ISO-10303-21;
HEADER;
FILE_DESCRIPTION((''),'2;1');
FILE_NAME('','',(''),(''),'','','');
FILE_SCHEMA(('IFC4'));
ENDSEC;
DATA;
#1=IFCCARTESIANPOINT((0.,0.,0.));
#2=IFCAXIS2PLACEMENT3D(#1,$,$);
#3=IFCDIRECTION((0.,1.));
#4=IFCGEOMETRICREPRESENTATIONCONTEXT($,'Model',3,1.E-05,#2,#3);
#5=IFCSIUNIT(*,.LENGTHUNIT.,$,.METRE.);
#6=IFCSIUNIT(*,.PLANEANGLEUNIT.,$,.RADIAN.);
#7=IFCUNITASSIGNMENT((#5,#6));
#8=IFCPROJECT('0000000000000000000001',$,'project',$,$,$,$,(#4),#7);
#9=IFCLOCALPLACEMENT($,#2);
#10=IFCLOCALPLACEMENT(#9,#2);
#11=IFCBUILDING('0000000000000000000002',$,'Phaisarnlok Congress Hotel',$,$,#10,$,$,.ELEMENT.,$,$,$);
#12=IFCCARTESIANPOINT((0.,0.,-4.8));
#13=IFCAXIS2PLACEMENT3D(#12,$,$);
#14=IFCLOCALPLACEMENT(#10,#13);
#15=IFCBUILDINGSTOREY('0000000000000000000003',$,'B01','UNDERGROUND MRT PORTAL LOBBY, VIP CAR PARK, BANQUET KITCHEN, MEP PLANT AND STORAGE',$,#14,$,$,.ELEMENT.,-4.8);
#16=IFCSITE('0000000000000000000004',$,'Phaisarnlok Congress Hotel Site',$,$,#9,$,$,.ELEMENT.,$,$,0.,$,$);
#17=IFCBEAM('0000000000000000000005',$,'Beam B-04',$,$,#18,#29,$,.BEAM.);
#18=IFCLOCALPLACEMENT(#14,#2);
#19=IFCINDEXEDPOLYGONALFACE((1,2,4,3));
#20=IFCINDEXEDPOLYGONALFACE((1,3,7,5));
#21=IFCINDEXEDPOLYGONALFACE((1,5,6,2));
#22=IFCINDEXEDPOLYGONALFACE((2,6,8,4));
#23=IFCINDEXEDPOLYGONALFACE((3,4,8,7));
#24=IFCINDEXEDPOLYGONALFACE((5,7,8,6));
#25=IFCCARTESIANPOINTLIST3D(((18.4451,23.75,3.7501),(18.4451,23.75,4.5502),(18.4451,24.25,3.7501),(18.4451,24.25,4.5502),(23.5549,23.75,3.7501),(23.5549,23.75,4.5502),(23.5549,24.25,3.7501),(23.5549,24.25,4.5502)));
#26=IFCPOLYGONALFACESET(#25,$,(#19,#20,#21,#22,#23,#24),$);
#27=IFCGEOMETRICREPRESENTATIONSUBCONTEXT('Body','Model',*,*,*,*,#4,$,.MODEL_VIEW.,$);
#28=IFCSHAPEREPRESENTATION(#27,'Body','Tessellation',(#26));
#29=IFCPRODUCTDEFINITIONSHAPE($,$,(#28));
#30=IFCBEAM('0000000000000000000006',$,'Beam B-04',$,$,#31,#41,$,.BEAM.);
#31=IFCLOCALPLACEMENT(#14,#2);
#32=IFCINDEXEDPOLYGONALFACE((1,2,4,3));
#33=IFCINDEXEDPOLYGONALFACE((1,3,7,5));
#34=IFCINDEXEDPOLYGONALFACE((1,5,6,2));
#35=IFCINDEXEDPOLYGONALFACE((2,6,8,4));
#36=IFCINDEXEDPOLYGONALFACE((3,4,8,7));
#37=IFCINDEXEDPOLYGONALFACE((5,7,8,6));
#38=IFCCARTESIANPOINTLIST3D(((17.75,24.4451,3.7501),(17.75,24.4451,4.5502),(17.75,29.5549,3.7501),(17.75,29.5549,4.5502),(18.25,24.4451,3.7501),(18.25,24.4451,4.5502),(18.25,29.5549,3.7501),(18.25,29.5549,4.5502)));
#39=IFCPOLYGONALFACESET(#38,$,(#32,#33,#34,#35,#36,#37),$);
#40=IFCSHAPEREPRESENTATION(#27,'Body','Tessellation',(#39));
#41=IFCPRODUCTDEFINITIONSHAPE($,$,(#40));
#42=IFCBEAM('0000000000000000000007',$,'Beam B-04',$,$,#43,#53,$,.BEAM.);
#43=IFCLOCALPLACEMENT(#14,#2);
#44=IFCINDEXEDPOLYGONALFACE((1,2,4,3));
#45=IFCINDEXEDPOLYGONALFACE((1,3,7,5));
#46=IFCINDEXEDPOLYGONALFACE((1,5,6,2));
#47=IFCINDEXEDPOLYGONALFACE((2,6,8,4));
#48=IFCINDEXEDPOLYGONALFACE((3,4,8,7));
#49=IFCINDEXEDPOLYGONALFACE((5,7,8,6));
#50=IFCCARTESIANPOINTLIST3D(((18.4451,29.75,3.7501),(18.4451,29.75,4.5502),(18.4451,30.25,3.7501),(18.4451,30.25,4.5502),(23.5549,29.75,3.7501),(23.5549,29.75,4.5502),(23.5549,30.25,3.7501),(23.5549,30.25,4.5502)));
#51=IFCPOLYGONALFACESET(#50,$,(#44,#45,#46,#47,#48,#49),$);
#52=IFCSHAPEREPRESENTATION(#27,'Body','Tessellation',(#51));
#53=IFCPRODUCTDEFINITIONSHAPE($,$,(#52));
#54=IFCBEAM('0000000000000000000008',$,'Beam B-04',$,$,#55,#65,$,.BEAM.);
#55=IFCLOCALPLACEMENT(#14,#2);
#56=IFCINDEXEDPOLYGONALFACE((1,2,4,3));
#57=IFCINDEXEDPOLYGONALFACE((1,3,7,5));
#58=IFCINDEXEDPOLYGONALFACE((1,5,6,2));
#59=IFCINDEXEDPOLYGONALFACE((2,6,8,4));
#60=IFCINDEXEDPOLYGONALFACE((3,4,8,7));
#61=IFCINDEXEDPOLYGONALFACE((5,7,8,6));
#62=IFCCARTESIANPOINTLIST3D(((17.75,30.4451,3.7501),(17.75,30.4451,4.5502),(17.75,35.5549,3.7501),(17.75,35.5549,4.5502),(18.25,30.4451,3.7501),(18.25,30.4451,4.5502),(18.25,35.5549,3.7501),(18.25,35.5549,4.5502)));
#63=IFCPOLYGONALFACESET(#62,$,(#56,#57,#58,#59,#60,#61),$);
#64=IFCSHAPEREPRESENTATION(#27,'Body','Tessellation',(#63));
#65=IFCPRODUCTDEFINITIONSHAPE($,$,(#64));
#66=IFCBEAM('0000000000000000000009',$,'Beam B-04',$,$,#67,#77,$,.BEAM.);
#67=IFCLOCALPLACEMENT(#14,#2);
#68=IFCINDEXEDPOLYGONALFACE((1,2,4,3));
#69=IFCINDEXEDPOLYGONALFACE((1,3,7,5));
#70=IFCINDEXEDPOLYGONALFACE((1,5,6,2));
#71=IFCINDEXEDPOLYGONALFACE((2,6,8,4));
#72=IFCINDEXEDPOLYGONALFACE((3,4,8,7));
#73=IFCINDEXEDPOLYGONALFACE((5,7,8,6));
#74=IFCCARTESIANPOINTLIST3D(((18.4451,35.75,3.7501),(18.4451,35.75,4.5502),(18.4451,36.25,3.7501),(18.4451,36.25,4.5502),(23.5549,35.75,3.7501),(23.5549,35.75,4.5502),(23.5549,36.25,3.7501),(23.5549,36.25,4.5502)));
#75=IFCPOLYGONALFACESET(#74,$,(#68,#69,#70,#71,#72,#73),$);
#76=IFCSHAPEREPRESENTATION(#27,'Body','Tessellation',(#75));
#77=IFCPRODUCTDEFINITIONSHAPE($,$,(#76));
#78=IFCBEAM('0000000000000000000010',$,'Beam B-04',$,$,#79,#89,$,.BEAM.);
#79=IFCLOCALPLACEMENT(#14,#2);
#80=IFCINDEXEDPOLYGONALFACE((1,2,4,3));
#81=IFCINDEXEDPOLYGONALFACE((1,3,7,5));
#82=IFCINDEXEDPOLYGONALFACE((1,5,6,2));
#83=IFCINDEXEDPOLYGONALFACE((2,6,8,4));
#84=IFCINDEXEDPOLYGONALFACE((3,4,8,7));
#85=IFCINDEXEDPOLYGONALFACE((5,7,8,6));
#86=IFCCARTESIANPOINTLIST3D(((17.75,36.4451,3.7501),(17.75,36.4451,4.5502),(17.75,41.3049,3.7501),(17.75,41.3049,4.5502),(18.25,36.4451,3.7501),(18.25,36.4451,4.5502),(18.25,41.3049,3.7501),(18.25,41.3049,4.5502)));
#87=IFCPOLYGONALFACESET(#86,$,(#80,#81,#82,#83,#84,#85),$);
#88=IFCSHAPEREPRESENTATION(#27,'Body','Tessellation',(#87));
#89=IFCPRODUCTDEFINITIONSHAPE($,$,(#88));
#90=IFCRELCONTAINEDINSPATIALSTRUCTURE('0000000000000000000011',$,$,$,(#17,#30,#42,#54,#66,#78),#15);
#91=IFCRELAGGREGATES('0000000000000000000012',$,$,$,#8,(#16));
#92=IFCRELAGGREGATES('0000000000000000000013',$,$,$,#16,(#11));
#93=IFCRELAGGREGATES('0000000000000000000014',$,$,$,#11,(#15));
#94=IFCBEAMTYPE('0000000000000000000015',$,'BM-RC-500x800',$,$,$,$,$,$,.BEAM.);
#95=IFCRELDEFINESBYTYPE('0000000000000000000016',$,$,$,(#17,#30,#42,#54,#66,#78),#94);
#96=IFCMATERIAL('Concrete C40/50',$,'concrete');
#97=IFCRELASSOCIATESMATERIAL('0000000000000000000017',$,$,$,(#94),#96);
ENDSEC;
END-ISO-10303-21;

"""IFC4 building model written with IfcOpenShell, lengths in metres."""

from ifc_helpers import new_model, si_unit, direction, frame, origin, origin_2d, place, context, subcontext, project, spatial, rectangle, extrude, material, material_profile, profile_set, type_object, element, save


model = new_model("IFC4")

# Units and contexts
model_context = context("Model", 3, precision=1e-05, world=origin(), true_north=direction((0.0, 1.0)))
body_context = subcontext(model_context, "Body", "Model", "MODEL_VIEW")
ifc_project = project(units=[si_unit("LENGTHUNIT", "METRE"), si_unit("PLANEANGLEUNIT", "RADIAN")], contexts=[model_context])

# Site, building, storey
site_placement = place(None, origin())
site = spatial("IfcSite", under=ifc_project, at=site_placement, Name="Phaisarnlok Congress Hotel Site", CompositionType="ELEMENT", RefElevation=0.0)
building_placement = place(site_placement, origin())
building = spatial("IfcBuilding", under=site, at=building_placement, Name="Phaisarnlok Congress Hotel", CompositionType="ELEMENT")
storey_placement = place(building_placement, frame((0.0, 0.0, -4.8)))
storey = spatial("IfcBuildingStorey", under=building, at=storey_placement, Name="B01", Description="UNDERGROUND MRT PORTAL LOBBY, VIP CAR PARK, BANQUET KITCHEN, MEP PLANT AND STORAGE", CompositionType="ELEMENT", Elevation=-4.8)

# Shared definitions
ifc_material_1 = material(Name="Concrete C40/50", Category="concrete")

# Beams
ifc_material_profile_1 = material_profile(ifc_material_1, rectangle(XDim=0.5, YDim=0.8, at=origin_2d()), Name="RC 500x800")
ifc_profile_set_1 = profile_set([ifc_material_profile_1], Name="Concrete C40/50")
beam_type = type_object("IfcBeamType", Name="BM-RC-500x800", PredefinedType="BEAM", material=ifc_profile_set_1)
for number, where, z_axis, x_axis, name in (
    (1, (18.4451, 24.0, 4.1501), (1.0, 0.0, 0.0), (0.0, 1.0, 0.0), "Beam B-04"),
    (2, (18.0, 24.4451, 4.1501), (0.0, 1.0, 0.0), (-1.0, 0.0, 0.0), "Beam B-04"),
    (3, (18.4451, 30.0, 4.1501), (1.0, 0.0, 0.0), (0.0, 1.0, 0.0), "Beam B-04"),
    (4, (18.0, 30.4451, 4.1501), (0.0, 1.0, 0.0), (-1.0, 0.0, 0.0), "Beam B-04"),
    (5, (18.4451, 36.0, 4.1501), (1.0, 0.0, 0.0), (0.0, 1.0, 0.0), "Beam B-04"),
):
    element("IfcBeam", number, at=place(storey_placement, frame(where, z_axis=z_axis, x_axis=x_axis)), inside=storey, type_object=beam_type, Name=name, PredefinedType="BEAM", context=body_context, shape_type="SweptSolid", body=[
        extrude(rectangle(XDim=0.5, YDim=0.8, at=origin_2d()), origin(), (0.0, 0.0, 1.0), 5.1099),
    ])
beam_1_placement = place(storey_placement, frame((18.0, 36.4451, 4.1501), z_axis=(0.0, 1.0, 0.0), x_axis=(-1.0, 0.0, 0.0)))
element("IfcBeam", 6, at=beam_1_placement, inside=storey, type_object=beam_type, Name="Beam B-04", PredefinedType="BEAM", context=body_context, shape_type="SweptSolid", body=[
    extrude(rectangle(XDim=0.5, YDim=0.8, at=origin_2d()), origin(), (0.0, 0.0, 1.0), 4.8599),
])

save(model, "model.ifc")
